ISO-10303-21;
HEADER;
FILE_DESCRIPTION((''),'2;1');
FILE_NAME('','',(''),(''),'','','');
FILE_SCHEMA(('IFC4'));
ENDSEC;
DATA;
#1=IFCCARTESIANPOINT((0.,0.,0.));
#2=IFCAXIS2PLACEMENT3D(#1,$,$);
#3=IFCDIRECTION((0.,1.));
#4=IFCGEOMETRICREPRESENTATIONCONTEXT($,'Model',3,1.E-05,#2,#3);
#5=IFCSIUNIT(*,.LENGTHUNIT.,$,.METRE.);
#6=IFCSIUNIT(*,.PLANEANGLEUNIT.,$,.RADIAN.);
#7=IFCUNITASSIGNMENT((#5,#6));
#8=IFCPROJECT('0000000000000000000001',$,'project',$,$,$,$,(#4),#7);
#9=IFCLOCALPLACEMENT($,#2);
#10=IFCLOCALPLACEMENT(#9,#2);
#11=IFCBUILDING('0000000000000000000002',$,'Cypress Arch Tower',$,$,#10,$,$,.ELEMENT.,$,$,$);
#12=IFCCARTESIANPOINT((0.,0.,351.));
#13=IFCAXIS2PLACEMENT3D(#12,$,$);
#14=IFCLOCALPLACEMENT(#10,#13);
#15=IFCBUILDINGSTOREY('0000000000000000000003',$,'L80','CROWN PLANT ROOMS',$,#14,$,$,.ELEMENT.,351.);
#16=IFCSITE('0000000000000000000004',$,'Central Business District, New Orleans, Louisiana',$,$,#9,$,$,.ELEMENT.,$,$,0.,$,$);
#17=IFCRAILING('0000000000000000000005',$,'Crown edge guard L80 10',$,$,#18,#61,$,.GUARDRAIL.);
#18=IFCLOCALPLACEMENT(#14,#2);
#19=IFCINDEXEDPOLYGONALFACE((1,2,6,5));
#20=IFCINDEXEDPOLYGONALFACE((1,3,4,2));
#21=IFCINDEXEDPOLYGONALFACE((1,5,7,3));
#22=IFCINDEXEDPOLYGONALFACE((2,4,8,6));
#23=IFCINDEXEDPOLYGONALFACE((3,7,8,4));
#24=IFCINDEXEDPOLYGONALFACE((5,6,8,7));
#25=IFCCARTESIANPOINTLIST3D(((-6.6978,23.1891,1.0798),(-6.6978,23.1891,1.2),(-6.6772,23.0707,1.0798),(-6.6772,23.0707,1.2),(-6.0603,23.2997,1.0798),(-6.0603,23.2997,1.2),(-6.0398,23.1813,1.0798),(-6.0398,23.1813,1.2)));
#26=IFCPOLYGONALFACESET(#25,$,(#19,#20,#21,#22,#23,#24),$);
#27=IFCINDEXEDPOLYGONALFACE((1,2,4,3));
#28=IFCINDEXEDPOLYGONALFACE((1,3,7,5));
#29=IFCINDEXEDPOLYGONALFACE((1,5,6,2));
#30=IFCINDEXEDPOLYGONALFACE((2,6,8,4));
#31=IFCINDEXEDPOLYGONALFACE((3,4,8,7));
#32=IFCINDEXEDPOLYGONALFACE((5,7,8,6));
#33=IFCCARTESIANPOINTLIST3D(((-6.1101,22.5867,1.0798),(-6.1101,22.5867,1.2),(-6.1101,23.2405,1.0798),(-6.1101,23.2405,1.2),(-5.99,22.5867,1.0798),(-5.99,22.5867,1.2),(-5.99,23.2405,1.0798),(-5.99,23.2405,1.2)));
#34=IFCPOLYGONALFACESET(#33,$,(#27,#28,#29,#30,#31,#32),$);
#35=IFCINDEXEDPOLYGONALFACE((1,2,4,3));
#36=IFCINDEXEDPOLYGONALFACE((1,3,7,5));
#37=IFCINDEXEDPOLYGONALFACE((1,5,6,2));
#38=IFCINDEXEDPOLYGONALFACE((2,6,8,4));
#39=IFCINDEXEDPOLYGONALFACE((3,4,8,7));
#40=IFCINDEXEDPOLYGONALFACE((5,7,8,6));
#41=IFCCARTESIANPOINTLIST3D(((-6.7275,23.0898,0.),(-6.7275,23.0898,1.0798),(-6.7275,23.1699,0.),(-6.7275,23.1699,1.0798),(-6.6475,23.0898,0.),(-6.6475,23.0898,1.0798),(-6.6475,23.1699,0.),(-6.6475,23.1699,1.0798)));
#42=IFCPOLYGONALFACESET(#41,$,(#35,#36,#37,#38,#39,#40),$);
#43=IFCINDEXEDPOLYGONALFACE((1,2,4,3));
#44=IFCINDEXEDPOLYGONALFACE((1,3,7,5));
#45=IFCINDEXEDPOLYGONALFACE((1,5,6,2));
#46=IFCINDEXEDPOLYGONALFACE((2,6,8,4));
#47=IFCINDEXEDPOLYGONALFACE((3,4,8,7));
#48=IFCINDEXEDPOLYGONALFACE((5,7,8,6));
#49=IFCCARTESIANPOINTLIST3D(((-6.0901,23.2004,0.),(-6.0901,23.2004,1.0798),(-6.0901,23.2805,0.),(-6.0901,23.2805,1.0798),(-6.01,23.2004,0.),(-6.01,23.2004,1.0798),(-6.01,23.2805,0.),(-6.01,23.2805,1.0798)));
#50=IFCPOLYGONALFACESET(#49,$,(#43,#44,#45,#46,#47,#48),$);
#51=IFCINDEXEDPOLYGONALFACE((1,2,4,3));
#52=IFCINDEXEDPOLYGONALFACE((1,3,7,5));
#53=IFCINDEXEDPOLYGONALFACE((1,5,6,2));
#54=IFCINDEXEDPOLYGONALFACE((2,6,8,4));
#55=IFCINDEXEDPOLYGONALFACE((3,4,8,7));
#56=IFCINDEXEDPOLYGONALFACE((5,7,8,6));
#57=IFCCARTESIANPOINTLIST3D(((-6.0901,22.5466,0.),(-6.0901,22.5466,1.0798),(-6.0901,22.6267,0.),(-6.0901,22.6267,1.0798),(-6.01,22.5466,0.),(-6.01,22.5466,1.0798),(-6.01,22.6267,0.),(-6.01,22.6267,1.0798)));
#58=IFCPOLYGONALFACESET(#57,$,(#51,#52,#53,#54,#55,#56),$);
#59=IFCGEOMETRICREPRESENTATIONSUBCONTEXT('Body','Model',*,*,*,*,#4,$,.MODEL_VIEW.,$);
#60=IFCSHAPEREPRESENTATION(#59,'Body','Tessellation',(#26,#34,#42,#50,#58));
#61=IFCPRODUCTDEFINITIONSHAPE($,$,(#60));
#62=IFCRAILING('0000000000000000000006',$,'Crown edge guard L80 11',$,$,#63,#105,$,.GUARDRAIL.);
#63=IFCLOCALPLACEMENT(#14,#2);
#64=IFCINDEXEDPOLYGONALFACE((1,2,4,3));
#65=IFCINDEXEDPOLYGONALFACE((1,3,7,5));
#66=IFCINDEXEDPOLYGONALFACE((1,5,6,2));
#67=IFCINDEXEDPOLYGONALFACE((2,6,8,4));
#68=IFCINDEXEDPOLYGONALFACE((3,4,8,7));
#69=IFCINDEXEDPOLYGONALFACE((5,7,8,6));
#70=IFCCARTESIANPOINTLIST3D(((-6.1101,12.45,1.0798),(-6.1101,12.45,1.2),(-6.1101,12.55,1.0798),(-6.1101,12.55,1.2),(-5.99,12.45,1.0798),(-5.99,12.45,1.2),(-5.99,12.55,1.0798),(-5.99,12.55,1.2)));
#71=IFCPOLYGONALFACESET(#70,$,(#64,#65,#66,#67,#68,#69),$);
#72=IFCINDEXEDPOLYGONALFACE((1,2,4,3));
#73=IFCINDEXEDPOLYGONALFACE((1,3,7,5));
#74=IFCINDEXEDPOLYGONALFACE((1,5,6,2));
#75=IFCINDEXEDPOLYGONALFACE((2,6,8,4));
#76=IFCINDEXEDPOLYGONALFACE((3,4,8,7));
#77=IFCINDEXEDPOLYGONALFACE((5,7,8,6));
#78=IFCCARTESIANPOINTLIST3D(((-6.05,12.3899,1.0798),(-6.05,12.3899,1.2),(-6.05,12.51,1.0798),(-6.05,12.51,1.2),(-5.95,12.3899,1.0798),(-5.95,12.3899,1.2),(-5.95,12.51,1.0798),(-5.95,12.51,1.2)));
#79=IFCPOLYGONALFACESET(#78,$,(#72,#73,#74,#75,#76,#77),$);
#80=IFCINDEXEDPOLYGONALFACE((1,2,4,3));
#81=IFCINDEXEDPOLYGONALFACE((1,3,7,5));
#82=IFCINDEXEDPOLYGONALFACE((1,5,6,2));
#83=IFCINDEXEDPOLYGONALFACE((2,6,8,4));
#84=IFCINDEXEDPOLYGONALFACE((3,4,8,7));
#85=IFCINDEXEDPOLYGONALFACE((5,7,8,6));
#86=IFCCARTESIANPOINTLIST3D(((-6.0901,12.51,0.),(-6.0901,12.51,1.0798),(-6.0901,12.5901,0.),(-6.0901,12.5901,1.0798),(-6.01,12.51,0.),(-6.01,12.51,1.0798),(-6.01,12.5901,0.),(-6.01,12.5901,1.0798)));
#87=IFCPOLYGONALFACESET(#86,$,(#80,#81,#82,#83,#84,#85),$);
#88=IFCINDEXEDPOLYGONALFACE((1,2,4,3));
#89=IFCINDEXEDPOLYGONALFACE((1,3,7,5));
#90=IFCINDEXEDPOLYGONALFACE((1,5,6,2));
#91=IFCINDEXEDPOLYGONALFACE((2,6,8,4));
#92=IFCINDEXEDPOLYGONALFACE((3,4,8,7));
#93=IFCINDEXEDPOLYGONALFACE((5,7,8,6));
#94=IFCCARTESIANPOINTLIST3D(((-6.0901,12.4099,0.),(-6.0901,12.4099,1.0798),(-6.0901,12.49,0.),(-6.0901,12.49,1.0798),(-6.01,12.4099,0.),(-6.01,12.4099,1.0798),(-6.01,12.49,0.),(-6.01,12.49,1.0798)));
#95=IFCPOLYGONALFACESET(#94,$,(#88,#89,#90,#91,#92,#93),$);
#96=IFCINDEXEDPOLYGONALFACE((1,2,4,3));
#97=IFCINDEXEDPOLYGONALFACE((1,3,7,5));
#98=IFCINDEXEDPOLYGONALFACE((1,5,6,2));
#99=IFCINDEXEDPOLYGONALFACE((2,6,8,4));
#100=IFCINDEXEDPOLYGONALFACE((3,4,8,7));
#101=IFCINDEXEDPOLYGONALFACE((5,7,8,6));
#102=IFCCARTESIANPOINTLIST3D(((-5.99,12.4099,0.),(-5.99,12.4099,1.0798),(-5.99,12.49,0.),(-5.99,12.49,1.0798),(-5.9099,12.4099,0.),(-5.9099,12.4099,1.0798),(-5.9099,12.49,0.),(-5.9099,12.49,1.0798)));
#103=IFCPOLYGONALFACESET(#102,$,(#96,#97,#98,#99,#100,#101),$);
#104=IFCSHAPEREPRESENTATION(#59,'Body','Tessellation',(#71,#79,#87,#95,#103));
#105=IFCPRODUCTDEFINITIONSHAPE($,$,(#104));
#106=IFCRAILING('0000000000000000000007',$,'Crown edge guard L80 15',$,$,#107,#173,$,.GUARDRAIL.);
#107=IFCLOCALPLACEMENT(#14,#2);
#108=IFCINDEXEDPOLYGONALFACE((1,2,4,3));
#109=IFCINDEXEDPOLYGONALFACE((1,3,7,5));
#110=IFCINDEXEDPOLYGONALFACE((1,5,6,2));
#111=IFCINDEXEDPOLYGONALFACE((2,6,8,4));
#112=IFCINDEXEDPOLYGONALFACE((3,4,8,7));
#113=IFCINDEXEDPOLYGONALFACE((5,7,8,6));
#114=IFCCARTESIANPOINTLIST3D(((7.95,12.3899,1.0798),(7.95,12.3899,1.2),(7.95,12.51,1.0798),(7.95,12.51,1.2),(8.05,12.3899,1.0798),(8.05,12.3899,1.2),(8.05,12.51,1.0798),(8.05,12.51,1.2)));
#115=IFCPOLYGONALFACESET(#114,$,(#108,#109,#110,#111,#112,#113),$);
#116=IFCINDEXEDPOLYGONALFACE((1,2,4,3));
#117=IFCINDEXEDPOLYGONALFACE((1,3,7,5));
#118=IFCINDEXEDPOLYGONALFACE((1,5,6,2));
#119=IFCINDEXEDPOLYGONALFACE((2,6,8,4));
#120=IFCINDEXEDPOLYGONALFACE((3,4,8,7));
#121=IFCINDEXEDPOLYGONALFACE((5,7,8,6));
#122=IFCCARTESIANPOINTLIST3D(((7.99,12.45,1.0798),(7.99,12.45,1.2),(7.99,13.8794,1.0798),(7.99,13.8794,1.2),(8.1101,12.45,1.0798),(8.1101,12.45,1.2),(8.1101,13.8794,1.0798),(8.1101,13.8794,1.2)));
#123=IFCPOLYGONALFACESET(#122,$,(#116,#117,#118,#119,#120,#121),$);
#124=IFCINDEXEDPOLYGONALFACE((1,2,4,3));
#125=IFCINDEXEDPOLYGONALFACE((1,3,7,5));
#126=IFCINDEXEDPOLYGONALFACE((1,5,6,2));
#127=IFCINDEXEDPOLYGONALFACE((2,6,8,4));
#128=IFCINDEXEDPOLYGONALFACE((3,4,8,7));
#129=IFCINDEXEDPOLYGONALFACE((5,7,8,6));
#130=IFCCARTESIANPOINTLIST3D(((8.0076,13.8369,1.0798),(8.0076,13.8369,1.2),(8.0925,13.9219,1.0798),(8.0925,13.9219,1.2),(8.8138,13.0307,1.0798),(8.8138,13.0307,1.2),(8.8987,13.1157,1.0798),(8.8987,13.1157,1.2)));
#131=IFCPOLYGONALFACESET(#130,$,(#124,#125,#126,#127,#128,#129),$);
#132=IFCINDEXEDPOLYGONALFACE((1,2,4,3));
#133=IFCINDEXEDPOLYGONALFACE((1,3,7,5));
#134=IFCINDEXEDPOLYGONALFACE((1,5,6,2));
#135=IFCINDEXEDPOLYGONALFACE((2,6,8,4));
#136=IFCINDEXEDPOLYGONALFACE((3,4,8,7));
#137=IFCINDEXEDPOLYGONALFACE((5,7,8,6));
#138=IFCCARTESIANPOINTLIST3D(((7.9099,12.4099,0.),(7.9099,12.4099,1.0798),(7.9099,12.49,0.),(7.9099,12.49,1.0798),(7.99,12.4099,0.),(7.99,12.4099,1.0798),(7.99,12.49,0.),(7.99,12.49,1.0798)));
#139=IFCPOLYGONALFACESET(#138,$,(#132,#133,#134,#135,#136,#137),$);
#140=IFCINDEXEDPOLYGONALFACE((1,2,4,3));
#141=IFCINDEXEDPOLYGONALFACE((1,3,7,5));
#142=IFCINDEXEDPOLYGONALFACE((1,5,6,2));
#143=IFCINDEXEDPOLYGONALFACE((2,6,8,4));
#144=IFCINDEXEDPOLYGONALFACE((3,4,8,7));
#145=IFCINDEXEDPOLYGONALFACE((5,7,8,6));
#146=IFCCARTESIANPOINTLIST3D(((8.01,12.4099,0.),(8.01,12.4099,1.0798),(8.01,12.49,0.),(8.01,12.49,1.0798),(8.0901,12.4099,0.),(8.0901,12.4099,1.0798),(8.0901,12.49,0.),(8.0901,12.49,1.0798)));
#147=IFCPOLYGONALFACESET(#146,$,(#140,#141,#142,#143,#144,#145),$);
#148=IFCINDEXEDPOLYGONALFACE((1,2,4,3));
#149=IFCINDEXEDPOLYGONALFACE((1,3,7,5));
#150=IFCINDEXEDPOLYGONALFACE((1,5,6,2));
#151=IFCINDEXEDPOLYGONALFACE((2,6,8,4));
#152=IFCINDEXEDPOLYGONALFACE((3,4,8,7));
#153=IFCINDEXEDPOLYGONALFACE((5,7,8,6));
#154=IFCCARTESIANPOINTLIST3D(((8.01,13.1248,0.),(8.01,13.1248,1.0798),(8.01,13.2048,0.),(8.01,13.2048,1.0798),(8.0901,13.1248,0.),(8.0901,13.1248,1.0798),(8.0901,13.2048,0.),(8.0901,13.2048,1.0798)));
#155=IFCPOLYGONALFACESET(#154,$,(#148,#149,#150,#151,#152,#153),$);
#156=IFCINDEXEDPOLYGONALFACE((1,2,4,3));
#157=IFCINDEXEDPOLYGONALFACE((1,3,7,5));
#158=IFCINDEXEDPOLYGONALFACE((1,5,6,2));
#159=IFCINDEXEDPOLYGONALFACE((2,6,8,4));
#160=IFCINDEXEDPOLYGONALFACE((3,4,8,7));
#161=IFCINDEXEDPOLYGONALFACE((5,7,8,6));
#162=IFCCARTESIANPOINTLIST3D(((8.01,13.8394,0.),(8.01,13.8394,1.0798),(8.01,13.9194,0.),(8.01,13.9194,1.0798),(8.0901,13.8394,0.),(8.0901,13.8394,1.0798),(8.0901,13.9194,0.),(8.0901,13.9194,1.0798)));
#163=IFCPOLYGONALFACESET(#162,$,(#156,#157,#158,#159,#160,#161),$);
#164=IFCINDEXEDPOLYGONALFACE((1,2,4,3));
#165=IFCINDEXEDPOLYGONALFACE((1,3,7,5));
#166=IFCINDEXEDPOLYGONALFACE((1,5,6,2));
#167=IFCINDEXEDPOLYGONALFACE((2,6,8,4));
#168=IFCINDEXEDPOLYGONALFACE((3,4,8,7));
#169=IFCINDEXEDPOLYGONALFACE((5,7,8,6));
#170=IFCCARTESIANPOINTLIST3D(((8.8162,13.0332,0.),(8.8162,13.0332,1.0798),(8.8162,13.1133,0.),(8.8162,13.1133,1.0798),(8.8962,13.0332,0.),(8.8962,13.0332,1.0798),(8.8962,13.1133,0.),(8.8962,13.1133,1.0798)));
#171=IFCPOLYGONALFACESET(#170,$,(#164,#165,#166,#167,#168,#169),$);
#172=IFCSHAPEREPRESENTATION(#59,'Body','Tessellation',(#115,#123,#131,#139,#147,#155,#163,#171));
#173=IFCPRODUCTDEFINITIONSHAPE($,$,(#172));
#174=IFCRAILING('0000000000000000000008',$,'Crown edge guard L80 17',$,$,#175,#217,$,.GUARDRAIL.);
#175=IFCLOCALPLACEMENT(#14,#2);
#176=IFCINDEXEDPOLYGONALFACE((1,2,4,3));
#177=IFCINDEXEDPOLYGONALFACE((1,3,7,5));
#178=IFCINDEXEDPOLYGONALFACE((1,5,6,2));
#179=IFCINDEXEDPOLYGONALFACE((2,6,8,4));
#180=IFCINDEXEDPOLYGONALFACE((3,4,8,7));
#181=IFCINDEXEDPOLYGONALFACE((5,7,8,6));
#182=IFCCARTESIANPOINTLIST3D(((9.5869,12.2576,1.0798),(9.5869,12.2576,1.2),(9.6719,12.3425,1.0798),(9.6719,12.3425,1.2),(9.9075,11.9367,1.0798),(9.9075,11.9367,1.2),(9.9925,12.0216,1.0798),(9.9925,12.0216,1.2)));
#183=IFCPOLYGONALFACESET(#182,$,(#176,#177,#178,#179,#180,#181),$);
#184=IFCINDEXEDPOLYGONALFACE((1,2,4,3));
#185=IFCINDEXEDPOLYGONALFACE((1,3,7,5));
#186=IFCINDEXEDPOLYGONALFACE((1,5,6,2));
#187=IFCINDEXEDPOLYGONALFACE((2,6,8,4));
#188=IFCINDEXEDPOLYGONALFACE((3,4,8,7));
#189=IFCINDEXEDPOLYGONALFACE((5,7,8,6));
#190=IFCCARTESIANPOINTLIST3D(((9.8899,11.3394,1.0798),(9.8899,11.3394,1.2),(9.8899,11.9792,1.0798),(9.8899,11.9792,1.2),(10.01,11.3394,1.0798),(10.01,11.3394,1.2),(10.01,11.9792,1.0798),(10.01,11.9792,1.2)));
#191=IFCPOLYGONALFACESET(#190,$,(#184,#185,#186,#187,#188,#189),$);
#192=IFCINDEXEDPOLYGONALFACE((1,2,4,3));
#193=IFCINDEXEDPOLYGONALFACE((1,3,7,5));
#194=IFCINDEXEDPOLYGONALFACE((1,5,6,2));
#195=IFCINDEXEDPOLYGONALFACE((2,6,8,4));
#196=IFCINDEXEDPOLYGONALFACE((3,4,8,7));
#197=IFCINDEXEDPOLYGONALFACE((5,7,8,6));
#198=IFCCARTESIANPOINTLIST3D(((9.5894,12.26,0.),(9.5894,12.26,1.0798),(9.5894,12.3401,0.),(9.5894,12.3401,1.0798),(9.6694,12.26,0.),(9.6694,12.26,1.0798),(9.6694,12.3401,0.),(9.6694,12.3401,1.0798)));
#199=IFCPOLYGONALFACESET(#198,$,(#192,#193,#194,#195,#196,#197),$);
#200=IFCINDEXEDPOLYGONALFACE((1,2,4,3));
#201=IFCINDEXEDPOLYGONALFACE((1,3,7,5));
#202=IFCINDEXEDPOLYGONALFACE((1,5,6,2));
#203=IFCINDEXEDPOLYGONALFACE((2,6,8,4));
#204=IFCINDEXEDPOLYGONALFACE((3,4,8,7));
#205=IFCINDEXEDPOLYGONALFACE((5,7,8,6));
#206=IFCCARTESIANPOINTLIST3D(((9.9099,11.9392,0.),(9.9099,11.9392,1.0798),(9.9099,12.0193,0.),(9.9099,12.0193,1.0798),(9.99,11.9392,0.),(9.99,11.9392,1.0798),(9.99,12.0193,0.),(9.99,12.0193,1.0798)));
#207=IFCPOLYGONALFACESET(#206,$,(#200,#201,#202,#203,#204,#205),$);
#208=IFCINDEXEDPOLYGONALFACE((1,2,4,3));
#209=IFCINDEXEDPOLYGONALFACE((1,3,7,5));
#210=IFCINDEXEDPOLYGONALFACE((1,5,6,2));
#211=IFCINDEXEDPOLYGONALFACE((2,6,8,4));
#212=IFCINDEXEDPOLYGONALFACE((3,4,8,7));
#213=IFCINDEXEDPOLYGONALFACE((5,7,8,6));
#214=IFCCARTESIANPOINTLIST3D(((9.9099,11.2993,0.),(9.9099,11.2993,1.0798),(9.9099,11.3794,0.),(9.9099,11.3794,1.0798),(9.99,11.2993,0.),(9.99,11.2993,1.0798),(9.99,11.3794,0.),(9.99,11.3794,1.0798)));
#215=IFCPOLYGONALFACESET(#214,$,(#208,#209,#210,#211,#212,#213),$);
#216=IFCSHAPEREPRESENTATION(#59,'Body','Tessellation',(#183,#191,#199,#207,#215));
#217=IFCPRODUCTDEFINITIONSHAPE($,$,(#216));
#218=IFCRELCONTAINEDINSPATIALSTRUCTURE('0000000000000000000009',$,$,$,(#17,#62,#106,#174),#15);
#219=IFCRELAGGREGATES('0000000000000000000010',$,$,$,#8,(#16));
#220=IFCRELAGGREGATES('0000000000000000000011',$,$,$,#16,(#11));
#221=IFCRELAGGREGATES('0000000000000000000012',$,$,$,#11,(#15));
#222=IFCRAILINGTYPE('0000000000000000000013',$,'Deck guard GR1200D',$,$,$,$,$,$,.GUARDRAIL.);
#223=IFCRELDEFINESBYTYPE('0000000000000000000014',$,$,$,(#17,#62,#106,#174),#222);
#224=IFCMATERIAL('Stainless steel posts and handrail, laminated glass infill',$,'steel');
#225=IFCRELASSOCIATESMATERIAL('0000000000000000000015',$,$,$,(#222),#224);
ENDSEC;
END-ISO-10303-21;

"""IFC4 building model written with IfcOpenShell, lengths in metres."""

from ifc_helpers import new_model, si_unit, direction, frame, origin, origin_2d, place, context, subcontext, project, spatial, rectangle, extrude, material, type_object, element, save


model = new_model("IFC4")

# Units and contexts
model_context = context("Model", 3, precision=1e-05, world=origin(), true_north=direction((0.0, 1.0)))
body_context = subcontext(model_context, "Body", "Model", "MODEL_VIEW")
ifc_project = project(units=[si_unit("LENGTHUNIT", "METRE"), si_unit("PLANEANGLEUNIT", "RADIAN")], contexts=[model_context])

# Site, building, storey
site_placement = place(None, origin())
site = spatial("IfcSite", under=ifc_project, at=site_placement, Name="Central Business District, New Orleans, Louisiana", CompositionType="ELEMENT", RefElevation=0.0)
building_placement = place(site_placement, origin())
building = spatial("IfcBuilding", under=site, at=building_placement, Name="Cypress Arch Tower", CompositionType="ELEMENT")
storey_placement = place(building_placement, frame((0.0, 0.0, 351.0)))
storey = spatial("IfcBuildingStorey", under=building, at=storey_placement, Name="L80", Description="CROWN PLANT ROOMS", CompositionType="ELEMENT", Elevation=351.0)

# Railings
ifc_material_1 = material(Name="Stainless steel posts and handrail, laminated glass infill", Category="steel")
railing_type = type_object("IfcRailingType", Name="Deck guard GR1200D", PredefinedType="GUARDRAIL", material=ifc_material_1)
railing_1_placement = place(storey_placement, frame((-6.6875, 23.1299, 0.0)))
element("IfcRailing", 1, at=railing_1_placement, inside=storey, type_object=railing_type, Name="Crown edge guard L80 10", PredefinedType="GUARDRAIL", context=body_context, shape_type="SweptSolid", body=[
    extrude(rectangle(XDim=0.1201, YDim=0.1201, at=origin_2d()), frame((0.0, 0.0, 1.1399), z_axis=(0.985281, 0.170943, 0.0), x_axis=(-0.170943, 0.985281, 0.0)), (0.0, 0.0, 1.0), 0.647),
    extrude(rectangle(XDim=0.1201, YDim=0.1201, at=origin_2d()), frame((0.6375, 0.1106, 1.1399), z_axis=(0.0, -1.0, 0.0), x_axis=(1.0, 0.0, 0.0)), (0.0, 0.0, 1.0), 0.6538),
    extrude(rectangle(XDim=0.0801, YDim=0.0801, at=origin_2d()), origin(), (0.0, 0.0, 1.0), 1.0798),
    extrude(rectangle(XDim=0.0801, YDim=0.0801, at=origin_2d()), frame((0.6375, 0.1106, 0.0)), (0.0, 0.0, 1.0), 1.0798),
    extrude(rectangle(XDim=0.0801, YDim=0.0801, at=origin_2d()), frame((0.6375, -0.5432, 0.0)), (0.0, 0.0, 1.0), 1.0798),
])
railing_2_placement = place(storey_placement, frame((-6.05, 12.55, 0.0)))
element("IfcRailing", 2, at=railing_2_placement, inside=storey, type_object=railing_type, Name="Crown edge guard L80 11", PredefinedType="GUARDRAIL", context=body_context, shape_type="SweptSolid", body=[
    extrude(rectangle(XDim=0.1201, YDim=0.1201, at=origin_2d()), frame((0.0, 0.0, 1.1399), z_axis=(0.0, -1.0, 0.0), x_axis=(1.0, 0.0, 0.0)), (0.0, 0.0, 1.0), 0.1001),
    extrude(rectangle(XDim=0.1201, YDim=0.1201, at=origin_2d()), frame((0.0, -0.1001, 1.1399), z_axis=(1.0, 0.0, 0.0), x_axis=(0.0, 1.0, 0.0)), (0.0, 0.0, 1.0), 0.1001),
    extrude(rectangle(XDim=0.0801, YDim=0.0801, at=origin_2d()), origin(), (0.0, 0.0, 1.0), 1.0798),
    extrude(rectangle(XDim=0.0801, YDim=0.0801, at=origin_2d()), frame((0.0, -0.1001, 0.0)), (0.0, 0.0, 1.0), 1.0798),
    extrude(rectangle(XDim=0.0801, YDim=0.0801, at=origin_2d()), frame((0.1001, -0.1001, 0.0)), (0.0, 0.0, 1.0), 1.0798),
])
railing_3_placement = place(storey_placement, frame((7.95, 12.45, 0.0)))
element("IfcRailing", 3, at=railing_3_placement, inside=storey, type_object=railing_type, Name="Crown edge guard L80 15", PredefinedType="GUARDRAIL", context=body_context, shape_type="SweptSolid", body=[
    extrude(rectangle(XDim=0.1201, YDim=0.1201, at=origin_2d()), frame((0.0, 0.0, 1.1399), z_axis=(1.0, 0.0, 0.0), x_axis=(0.0, 1.0, 0.0)), (0.0, 0.0, 1.0), 0.1001),
    extrude(rectangle(XDim=0.1201, YDim=0.1201, at=origin_2d()), frame((0.1001, 0.0, 1.1399), z_axis=(0.0, 1.0, 0.0), x_axis=(-1.0, 0.0, 0.0)), (0.0, 0.0, 1.0), 1.4294),
    extrude(rectangle(XDim=0.1201, YDim=0.1201, at=origin_2d()), frame((0.1001, 1.4294, 1.1399), z_axis=(0.707107, -0.707107, 0.0), x_axis=(0.707107, 0.707107, 0.0)), (0.0, 0.0, 1.0), 1.1401),
    extrude(rectangle(XDim=0.0801, YDim=0.0801, at=origin_2d()), origin(), (0.0, 0.0, 1.0), 1.0798),
    extrude(rectangle(XDim=0.0801, YDim=0.0801, at=origin_2d()), frame((0.1001, 0.0, 0.0)), (0.0, 0.0, 1.0), 1.0798),
    extrude(rectangle(XDim=0.0801, YDim=0.0801, at=origin_2d()), frame((0.1001, 0.7148, 0.0)), (0.0, 0.0, 1.0), 1.0798),
    extrude(rectangle(XDim=0.0801, YDim=0.0801, at=origin_2d()), frame((0.1001, 1.4294, 0.0)), (0.0, 0.0, 1.0), 1.0798),
    extrude(rectangle(XDim=0.0801, YDim=0.0801, at=origin_2d()), frame((0.9062, 0.6233, 0.0)), (0.0, 0.0, 1.0), 1.0798),
])
railing_4_placement = place(storey_placement, frame((9.6294, 12.3, 0.0)))
element("IfcRailing", 4, at=railing_4_placement, inside=storey, type_object=railing_type, Name="Crown edge guard L80 17", PredefinedType="GUARDRAIL", context=body_context, shape_type="SweptSolid", body=[
    extrude(rectangle(XDim=0.1201, YDim=0.1201, at=origin_2d()), frame((0.0, 0.0, 1.1399), z_axis=(0.706838, -0.707376, 0.0), x_axis=(0.707376, 0.706838, 0.0)), (0.0, 0.0, 1.0), 0.4536),
    extrude(rectangle(XDim=0.1201, YDim=0.1201, at=origin_2d()), frame((0.3206, -0.3208, 1.1399), z_axis=(0.0, -1.0, 0.0), x_axis=(1.0, 0.0, 0.0)), (0.0, 0.0, 1.0), 0.6399),
    extrude(rectangle(XDim=0.0801, YDim=0.0801, at=origin_2d()), origin(), (0.0, 0.0, 1.0), 1.0798),
    extrude(rectangle(XDim=0.0801, YDim=0.0801, at=origin_2d()), frame((0.3206, -0.3208, 0.0)), (0.0, 0.0, 1.0), 1.0798),
    extrude(rectangle(XDim=0.0801, YDim=0.0801, at=origin_2d()), frame((0.3206, -0.9607, 0.0)), (0.0, 0.0, 1.0), 1.0798),
])

save(model, "model.ifc")
